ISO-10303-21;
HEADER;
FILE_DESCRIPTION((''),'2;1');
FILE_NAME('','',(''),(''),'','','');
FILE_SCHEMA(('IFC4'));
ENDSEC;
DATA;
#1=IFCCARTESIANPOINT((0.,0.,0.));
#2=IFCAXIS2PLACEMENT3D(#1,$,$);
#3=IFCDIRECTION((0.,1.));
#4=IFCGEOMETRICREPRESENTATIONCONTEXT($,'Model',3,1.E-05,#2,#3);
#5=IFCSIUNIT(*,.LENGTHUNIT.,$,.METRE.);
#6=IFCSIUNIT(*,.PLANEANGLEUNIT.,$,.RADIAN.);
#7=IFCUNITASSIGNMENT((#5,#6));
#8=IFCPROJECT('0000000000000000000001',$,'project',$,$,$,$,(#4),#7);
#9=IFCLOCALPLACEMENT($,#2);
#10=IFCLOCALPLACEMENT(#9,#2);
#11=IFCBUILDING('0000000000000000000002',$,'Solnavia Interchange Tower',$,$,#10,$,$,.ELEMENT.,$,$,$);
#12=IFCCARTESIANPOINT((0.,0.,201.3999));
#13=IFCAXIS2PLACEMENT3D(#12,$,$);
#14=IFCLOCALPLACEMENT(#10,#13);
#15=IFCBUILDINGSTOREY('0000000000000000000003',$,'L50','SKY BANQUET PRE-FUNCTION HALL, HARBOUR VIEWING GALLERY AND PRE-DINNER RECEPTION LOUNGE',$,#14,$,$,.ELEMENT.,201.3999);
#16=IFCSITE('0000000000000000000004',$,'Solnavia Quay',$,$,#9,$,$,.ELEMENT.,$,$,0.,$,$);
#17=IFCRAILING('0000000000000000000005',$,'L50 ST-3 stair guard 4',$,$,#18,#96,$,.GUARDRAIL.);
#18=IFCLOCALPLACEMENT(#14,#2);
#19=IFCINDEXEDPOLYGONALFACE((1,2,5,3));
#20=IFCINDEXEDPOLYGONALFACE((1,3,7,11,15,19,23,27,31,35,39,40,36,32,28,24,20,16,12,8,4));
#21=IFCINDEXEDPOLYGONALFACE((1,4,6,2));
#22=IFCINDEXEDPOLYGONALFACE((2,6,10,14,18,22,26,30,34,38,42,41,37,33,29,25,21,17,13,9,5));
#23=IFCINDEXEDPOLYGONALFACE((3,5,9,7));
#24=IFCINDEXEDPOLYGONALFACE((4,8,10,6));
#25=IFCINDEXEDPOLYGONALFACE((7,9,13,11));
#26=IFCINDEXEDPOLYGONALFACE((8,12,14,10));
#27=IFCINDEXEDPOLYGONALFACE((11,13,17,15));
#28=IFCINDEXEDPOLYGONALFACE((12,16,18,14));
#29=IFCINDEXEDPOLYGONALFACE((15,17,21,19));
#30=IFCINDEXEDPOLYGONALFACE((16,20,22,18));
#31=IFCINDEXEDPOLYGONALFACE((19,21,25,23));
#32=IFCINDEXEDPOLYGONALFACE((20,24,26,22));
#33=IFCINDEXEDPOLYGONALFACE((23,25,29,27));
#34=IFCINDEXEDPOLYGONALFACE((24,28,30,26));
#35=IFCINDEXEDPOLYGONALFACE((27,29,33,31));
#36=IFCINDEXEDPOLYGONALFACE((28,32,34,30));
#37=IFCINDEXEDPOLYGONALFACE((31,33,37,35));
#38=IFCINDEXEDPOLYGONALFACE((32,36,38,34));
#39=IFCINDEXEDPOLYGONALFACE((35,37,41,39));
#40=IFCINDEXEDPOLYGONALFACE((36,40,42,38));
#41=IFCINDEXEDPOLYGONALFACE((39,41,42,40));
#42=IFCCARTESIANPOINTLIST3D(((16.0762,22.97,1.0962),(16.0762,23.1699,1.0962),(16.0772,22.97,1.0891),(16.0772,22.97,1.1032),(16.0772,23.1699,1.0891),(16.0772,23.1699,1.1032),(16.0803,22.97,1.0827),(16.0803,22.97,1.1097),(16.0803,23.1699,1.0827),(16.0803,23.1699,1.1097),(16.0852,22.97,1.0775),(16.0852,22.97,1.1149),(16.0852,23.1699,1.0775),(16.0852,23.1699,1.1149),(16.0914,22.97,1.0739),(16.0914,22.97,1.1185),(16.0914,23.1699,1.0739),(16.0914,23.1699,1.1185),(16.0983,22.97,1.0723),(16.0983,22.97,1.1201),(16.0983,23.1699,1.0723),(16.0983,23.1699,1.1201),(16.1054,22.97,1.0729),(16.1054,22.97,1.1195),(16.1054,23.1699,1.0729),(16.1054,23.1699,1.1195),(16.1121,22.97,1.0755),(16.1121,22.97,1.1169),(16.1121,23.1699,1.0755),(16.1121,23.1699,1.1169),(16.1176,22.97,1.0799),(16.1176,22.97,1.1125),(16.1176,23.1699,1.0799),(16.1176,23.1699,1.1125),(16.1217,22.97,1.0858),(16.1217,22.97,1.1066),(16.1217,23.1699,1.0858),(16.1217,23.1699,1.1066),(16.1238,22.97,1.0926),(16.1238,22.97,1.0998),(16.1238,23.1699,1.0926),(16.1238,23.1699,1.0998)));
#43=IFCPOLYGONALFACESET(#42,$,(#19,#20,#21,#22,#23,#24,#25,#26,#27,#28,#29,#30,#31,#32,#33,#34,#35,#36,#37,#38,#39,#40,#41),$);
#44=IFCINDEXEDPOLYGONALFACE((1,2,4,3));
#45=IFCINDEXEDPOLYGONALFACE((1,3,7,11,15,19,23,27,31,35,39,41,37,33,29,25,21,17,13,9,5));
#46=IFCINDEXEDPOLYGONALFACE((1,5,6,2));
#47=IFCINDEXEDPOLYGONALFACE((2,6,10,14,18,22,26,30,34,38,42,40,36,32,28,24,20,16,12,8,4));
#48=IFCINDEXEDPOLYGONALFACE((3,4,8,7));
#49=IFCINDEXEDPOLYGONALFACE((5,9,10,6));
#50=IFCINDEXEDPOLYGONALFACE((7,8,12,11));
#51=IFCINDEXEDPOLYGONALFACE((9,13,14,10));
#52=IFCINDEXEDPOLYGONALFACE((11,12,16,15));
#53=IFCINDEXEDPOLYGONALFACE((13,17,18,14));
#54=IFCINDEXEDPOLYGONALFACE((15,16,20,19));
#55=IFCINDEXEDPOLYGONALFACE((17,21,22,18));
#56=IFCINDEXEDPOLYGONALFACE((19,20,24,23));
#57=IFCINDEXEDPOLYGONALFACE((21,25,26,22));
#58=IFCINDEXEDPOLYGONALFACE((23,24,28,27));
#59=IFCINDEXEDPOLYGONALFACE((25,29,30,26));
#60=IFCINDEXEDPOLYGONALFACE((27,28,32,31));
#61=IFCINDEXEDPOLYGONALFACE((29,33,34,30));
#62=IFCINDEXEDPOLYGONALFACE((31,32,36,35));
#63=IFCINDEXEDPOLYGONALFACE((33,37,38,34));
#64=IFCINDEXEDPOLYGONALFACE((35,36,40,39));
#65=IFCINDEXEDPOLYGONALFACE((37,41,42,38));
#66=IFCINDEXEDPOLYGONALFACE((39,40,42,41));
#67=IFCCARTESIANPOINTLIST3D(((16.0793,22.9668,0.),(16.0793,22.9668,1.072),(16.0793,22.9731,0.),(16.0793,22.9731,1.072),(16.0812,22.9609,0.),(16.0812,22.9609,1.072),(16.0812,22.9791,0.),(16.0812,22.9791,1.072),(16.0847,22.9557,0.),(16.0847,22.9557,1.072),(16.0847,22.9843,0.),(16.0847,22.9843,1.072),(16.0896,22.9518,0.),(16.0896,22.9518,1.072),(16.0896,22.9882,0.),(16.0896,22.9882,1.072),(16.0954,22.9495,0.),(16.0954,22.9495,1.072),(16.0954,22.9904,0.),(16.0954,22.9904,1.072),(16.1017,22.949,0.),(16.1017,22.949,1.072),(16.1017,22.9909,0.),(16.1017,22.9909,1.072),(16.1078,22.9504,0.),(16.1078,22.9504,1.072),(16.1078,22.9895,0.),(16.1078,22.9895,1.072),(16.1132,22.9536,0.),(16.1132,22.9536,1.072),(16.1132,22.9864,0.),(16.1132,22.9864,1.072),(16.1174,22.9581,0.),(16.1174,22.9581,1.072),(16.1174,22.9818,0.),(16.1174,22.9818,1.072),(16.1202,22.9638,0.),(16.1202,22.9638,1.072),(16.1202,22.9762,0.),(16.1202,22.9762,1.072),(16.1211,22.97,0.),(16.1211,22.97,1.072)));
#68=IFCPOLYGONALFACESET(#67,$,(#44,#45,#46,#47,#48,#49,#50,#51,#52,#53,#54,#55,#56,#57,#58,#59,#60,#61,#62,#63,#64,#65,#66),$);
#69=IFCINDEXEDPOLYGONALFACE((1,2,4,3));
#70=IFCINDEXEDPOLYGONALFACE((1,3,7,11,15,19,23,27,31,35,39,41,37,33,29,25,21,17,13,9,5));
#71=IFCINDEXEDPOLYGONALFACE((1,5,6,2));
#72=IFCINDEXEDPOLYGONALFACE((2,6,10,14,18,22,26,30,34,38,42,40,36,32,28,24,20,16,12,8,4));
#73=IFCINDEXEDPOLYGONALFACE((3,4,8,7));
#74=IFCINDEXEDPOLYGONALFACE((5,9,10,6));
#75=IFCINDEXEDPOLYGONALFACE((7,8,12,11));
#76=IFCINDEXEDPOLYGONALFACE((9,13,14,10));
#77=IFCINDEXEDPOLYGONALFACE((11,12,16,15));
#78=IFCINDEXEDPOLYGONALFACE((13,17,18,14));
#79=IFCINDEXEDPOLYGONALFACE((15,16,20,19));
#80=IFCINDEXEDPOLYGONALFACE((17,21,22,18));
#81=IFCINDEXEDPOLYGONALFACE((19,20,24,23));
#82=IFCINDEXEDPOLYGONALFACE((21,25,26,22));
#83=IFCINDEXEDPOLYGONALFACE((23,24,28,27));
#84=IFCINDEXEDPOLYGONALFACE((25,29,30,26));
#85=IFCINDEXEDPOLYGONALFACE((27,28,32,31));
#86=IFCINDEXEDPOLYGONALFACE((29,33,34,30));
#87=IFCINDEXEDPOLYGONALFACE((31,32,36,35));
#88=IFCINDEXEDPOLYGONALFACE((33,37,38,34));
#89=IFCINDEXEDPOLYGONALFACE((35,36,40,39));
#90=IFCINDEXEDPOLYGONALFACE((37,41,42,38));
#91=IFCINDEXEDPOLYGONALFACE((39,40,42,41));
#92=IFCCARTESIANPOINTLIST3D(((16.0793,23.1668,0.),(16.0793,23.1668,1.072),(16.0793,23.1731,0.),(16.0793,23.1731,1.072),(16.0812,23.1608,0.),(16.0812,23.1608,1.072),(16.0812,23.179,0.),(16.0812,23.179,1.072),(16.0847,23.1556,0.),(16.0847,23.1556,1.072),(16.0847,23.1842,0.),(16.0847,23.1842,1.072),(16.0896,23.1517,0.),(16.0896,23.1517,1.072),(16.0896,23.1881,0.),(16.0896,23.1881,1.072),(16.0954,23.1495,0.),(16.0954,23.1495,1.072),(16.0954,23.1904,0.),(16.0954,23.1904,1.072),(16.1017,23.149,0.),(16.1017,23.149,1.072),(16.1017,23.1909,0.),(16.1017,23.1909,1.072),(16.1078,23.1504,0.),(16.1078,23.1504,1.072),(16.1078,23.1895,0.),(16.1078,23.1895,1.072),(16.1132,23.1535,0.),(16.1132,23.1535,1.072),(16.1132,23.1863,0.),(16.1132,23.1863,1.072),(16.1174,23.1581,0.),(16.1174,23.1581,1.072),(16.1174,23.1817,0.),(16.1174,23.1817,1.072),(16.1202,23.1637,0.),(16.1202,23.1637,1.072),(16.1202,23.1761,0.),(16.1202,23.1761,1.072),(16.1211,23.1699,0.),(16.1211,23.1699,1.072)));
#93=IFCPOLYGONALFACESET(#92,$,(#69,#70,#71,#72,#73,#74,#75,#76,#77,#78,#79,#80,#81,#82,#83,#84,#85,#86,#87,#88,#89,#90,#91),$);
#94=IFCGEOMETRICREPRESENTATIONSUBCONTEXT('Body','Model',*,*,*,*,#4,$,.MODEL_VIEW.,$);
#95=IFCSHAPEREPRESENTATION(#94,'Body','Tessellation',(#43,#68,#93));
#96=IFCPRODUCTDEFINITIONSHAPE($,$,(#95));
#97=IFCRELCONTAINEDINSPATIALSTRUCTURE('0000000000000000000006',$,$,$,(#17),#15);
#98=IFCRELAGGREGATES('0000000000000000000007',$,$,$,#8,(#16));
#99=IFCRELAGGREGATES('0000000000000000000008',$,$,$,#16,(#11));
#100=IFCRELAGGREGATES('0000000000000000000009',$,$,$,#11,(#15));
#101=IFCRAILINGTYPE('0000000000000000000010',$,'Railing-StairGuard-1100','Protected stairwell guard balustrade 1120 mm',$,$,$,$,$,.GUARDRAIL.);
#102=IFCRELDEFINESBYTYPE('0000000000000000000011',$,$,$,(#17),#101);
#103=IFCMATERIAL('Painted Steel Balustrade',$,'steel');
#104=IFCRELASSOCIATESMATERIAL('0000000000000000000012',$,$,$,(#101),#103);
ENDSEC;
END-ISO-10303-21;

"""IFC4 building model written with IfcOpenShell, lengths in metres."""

from ifc_helpers import new_model, si_unit, direction, frame, origin, origin_2d, place, context, subcontext, project, spatial, circle, extrude, material, type_object, element, save


model = new_model("IFC4")

# Units and contexts
model_context = context("Model", 3, precision=1e-05, world=origin(), true_north=direction((0.0, 1.0)))
body_context = subcontext(model_context, "Body", "Model", "MODEL_VIEW")
ifc_project = project(units=[si_unit("LENGTHUNIT", "METRE"), si_unit("PLANEANGLEUNIT", "RADIAN")], contexts=[model_context])

# Site, building, storey
site_placement = place(None, origin())
site = spatial("IfcSite", under=ifc_project, at=site_placement, Name="Solnavia Quay", CompositionType="ELEMENT", RefElevation=0.0)
building_placement = place(site_placement, origin())
building = spatial("IfcBuilding", under=site, at=building_placement, Name="Solnavia Interchange Tower", CompositionType="ELEMENT")
storey_placement = place(building_placement, frame((0.0, 0.0, 201.3999)))
storey = spatial("IfcBuildingStorey", under=building, at=storey_placement, Name="L50", Description="SKY BANQUET PRE-FUNCTION HALL, HARBOUR VIEWING GALLERY AND PRE-DINNER RECEPTION LOUNGE", CompositionType="ELEMENT", Elevation=201.3999)

# Railing
ifc_material_1 = material(Name="Painted Steel Balustrade", Category="steel")
railing_type_1 = type_object("IfcRailingType", Name="Railing-StairGuard-1100", Description="Protected stairwell guard balustrade 1120 mm", PredefinedType="GUARDRAIL", material=ifc_material_1)
railing_1_placement = place(storey_placement, frame((16.1001, 22.97, 0.0)))
element("IfcRailing", 1, at=railing_1_placement, inside=storey, type_object=railing_type_1, Name="L50 ST-3 stair guard 4", PredefinedType="GUARDRAIL", context=body_context, shape_type="SweptSolid", body=[
    extrude(circle(Radius=0.0239, at=origin_2d()), frame((0.0, 0.0, 1.0962), z_axis=(0.0, 1.0, 0.0), x_axis=(-1.0, 0.0, 0.0)), (0.0, 0.0, 1.0), 0.2),
    extrude(circle(Radius=0.021, at=origin_2d()), origin(), (0.0, 0.0, 1.0), 1.072),
    extrude(circle(Radius=0.021, at=origin_2d()), frame((0.0, 0.2, 0.0)), (0.0, 0.0, 1.0), 1.072),
])

save(model, "model.ifc")
